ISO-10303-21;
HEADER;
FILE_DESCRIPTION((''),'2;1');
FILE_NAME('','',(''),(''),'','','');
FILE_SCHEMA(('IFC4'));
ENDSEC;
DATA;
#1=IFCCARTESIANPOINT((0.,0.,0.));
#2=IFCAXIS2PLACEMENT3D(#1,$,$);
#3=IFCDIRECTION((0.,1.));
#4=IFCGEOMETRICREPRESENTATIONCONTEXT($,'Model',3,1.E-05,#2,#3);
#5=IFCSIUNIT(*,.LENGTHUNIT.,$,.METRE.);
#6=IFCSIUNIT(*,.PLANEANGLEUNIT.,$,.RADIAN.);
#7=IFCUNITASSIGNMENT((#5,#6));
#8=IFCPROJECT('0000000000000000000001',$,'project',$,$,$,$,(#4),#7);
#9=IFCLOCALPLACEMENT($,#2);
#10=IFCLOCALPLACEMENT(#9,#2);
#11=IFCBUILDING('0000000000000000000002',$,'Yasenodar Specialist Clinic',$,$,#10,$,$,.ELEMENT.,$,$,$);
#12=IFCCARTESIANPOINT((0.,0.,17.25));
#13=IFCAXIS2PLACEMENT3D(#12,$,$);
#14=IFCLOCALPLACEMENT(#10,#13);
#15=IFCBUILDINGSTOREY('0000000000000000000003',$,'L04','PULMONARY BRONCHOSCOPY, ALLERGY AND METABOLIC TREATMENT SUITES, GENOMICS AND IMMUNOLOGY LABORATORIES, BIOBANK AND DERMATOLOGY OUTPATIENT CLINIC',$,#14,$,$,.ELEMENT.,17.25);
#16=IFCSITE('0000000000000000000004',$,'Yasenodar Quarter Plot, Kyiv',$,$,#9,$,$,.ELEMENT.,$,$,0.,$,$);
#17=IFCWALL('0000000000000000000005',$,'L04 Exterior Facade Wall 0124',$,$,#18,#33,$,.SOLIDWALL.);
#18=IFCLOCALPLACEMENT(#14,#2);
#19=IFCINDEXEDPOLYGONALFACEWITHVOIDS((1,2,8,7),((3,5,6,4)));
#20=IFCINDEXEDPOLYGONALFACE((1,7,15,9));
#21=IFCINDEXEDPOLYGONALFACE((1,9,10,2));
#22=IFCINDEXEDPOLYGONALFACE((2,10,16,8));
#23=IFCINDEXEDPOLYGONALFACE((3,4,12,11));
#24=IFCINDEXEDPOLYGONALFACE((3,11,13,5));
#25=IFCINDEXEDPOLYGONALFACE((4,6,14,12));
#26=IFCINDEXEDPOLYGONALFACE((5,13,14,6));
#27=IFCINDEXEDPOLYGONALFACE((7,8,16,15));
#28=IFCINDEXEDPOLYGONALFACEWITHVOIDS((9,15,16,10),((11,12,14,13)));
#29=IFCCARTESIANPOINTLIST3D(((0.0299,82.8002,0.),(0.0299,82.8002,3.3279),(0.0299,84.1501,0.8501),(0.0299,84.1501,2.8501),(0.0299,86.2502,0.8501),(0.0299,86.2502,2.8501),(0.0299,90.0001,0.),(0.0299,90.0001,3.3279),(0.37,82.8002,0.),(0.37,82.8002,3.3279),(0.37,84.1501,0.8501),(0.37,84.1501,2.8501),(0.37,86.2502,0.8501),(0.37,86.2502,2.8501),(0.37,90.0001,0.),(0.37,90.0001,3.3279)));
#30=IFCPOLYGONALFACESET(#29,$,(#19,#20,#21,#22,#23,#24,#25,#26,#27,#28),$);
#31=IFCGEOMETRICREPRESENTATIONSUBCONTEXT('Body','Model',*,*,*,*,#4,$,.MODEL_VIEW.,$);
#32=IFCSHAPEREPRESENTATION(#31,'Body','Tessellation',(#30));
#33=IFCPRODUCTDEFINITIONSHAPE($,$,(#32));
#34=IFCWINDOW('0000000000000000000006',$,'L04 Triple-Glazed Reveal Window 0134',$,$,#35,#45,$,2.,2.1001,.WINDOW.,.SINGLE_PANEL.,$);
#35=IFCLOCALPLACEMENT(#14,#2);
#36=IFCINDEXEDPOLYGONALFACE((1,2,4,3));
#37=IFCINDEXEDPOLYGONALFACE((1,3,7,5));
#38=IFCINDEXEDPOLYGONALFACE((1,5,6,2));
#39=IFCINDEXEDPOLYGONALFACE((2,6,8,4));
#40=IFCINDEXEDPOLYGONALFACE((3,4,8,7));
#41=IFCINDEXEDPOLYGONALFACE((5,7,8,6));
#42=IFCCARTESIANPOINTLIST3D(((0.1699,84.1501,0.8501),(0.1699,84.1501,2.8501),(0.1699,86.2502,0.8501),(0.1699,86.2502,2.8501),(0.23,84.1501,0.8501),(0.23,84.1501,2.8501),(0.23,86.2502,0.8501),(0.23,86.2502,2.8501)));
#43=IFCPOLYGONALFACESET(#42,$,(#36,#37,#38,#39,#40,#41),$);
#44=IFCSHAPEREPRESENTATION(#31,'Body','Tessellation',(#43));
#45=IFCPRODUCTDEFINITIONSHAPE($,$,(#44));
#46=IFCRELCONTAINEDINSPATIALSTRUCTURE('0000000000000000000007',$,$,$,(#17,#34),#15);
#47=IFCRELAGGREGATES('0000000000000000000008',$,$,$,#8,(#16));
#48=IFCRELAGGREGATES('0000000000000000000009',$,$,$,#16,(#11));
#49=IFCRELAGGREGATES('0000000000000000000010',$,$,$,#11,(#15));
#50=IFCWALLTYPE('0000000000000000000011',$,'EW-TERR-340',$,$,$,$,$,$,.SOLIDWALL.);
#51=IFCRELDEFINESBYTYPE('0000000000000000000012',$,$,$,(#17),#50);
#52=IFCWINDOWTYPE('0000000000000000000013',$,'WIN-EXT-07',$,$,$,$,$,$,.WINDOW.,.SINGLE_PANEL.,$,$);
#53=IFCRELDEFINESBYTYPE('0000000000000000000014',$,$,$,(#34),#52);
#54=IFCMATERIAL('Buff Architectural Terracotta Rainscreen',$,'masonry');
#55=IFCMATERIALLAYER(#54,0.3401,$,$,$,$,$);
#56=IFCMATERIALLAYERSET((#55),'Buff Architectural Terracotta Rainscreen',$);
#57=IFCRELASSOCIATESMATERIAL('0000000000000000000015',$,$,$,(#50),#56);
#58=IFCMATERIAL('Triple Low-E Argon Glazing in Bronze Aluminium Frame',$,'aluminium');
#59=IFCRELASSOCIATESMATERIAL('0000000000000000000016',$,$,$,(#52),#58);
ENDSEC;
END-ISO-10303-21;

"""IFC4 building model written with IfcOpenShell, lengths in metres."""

from ifc_helpers import new_model, si_unit, direction, frame, frame_2d, origin, place, context, subcontext, project, spatial, rectangle, extrude, material, layer, layer_set, type_object, element, fill, save


model = new_model("IFC4")

# Units and contexts
model_context = context("Model", 3, precision=1e-05, world=origin(), true_north=direction((0.0, 1.0)))
body_context = subcontext(model_context, "Body", "Model", "MODEL_VIEW")
ifc_project = project(units=[si_unit("LENGTHUNIT", "METRE"), si_unit("PLANEANGLEUNIT", "RADIAN")], contexts=[model_context])

# Site, building, storey
site_placement = place(None, origin())
site = spatial("IfcSite", under=ifc_project, at=site_placement, Name="Yasenodar Quarter Plot, Kyiv", CompositionType="ELEMENT", RefElevation=0.0)
building_placement = place(site_placement, origin())
building = spatial("IfcBuilding", under=site, at=building_placement, Name="Yasenodar Specialist Clinic", CompositionType="ELEMENT")
storey_placement = place(building_placement, frame((0.0, 0.0, 17.25)))
storey = spatial("IfcBuildingStorey", under=building, at=storey_placement, Name="L04", Description="PULMONARY BRONCHOSCOPY, ALLERGY AND METABOLIC TREATMENT SUITES, GENOMICS AND IMMUNOLOGY LABORATORIES, BIOBANK AND DERMATOLOGY OUTPATIENT CLINIC", CompositionType="ELEMENT", Elevation=17.25)

# Shared definitions
ifc_material_1 = material(Name="Buff Architectural Terracotta Rainscreen", Category="masonry")
ifc_layer_1 = layer(ifc_material_1, 0.3401)
ifc_layer_set_1 = layer_set([ifc_layer_1], Name="Buff Architectural Terracotta Rainscreen")
wall_type = type_object("IfcWallType", Name="EW-TERR-340", PredefinedType="SOLIDWALL", material=ifc_layer_set_1)
ifc_material_2 = material(Name="Triple Low-E Argon Glazing in Bronze Aluminium Frame", Category="aluminium")

# Wall, opening, window
wall_1_placement = place(storey_placement, frame((0.2, 82.8, 0.0), z_axis=(0.0, 0.0, 1.0), x_axis=(0.0, 1.0, 0.0)))
wall_1 = element("IfcWall", 1, at=wall_1_placement, inside=storey, type_object=wall_type, Name="L04 Exterior Facade Wall 0124", PredefinedType="SOLIDWALL", context=body_context, shape_type="SweptSolid", body=[
    extrude(rectangle(XDim=7.2, YDim=0.3401, at=frame_2d((3.6001, 0.0))), origin(), (0.0, 0.0, 1.0), 3.3279),
])
opening_1_placement = place(wall_1_placement, frame((1.3501, 0.0, 0.8501)))
opening_1 = element("IfcOpeningElement", 2, at=opening_1_placement, cuts=wall_1, PredefinedType="OPENING", context=body_context, shape_type="SweptSolid", body=[
    extrude(rectangle(XDim=2.1001, YDim=2.0, at=frame_2d((1.05, 1.0))), frame((0.0, 0.1802, 0.0), z_axis=(0.0, -1.0, 0.0), x_axis=(1.0, 0.0, 0.0)), (0.0, 0.0, 1.0), 0.3601),
])
window_type_1 = type_object("IfcWindowType", Name="WIN-EXT-07", PartitioningType="SINGLE_PANEL", PredefinedType="WINDOW", material=ifc_material_2)
window_1_placement = place(opening_1_placement, origin())
window_1 = element("IfcWindow", 3, at=window_1_placement, inside=storey, type_object=window_type_1, Name="L04 Triple-Glazed Reveal Window 0134", OverallHeight=2.0, OverallWidth=2.1001, PartitioningType="SINGLE_PANEL", PredefinedType="WINDOW", context=body_context, shape_type="SweptSolid", body=[
    extrude(rectangle(XDim=2.1001, YDim=2.0, at=frame_2d((1.05, 1.0))), frame((0.0, 0.03, 0.0), z_axis=(0.0, -1.0, 0.0), x_axis=(1.0, 0.0, 0.0)), (0.0, 0.0, 1.0), 0.0601),
])
fill(opening_1, window_1)

save(model, "model.ifc")
